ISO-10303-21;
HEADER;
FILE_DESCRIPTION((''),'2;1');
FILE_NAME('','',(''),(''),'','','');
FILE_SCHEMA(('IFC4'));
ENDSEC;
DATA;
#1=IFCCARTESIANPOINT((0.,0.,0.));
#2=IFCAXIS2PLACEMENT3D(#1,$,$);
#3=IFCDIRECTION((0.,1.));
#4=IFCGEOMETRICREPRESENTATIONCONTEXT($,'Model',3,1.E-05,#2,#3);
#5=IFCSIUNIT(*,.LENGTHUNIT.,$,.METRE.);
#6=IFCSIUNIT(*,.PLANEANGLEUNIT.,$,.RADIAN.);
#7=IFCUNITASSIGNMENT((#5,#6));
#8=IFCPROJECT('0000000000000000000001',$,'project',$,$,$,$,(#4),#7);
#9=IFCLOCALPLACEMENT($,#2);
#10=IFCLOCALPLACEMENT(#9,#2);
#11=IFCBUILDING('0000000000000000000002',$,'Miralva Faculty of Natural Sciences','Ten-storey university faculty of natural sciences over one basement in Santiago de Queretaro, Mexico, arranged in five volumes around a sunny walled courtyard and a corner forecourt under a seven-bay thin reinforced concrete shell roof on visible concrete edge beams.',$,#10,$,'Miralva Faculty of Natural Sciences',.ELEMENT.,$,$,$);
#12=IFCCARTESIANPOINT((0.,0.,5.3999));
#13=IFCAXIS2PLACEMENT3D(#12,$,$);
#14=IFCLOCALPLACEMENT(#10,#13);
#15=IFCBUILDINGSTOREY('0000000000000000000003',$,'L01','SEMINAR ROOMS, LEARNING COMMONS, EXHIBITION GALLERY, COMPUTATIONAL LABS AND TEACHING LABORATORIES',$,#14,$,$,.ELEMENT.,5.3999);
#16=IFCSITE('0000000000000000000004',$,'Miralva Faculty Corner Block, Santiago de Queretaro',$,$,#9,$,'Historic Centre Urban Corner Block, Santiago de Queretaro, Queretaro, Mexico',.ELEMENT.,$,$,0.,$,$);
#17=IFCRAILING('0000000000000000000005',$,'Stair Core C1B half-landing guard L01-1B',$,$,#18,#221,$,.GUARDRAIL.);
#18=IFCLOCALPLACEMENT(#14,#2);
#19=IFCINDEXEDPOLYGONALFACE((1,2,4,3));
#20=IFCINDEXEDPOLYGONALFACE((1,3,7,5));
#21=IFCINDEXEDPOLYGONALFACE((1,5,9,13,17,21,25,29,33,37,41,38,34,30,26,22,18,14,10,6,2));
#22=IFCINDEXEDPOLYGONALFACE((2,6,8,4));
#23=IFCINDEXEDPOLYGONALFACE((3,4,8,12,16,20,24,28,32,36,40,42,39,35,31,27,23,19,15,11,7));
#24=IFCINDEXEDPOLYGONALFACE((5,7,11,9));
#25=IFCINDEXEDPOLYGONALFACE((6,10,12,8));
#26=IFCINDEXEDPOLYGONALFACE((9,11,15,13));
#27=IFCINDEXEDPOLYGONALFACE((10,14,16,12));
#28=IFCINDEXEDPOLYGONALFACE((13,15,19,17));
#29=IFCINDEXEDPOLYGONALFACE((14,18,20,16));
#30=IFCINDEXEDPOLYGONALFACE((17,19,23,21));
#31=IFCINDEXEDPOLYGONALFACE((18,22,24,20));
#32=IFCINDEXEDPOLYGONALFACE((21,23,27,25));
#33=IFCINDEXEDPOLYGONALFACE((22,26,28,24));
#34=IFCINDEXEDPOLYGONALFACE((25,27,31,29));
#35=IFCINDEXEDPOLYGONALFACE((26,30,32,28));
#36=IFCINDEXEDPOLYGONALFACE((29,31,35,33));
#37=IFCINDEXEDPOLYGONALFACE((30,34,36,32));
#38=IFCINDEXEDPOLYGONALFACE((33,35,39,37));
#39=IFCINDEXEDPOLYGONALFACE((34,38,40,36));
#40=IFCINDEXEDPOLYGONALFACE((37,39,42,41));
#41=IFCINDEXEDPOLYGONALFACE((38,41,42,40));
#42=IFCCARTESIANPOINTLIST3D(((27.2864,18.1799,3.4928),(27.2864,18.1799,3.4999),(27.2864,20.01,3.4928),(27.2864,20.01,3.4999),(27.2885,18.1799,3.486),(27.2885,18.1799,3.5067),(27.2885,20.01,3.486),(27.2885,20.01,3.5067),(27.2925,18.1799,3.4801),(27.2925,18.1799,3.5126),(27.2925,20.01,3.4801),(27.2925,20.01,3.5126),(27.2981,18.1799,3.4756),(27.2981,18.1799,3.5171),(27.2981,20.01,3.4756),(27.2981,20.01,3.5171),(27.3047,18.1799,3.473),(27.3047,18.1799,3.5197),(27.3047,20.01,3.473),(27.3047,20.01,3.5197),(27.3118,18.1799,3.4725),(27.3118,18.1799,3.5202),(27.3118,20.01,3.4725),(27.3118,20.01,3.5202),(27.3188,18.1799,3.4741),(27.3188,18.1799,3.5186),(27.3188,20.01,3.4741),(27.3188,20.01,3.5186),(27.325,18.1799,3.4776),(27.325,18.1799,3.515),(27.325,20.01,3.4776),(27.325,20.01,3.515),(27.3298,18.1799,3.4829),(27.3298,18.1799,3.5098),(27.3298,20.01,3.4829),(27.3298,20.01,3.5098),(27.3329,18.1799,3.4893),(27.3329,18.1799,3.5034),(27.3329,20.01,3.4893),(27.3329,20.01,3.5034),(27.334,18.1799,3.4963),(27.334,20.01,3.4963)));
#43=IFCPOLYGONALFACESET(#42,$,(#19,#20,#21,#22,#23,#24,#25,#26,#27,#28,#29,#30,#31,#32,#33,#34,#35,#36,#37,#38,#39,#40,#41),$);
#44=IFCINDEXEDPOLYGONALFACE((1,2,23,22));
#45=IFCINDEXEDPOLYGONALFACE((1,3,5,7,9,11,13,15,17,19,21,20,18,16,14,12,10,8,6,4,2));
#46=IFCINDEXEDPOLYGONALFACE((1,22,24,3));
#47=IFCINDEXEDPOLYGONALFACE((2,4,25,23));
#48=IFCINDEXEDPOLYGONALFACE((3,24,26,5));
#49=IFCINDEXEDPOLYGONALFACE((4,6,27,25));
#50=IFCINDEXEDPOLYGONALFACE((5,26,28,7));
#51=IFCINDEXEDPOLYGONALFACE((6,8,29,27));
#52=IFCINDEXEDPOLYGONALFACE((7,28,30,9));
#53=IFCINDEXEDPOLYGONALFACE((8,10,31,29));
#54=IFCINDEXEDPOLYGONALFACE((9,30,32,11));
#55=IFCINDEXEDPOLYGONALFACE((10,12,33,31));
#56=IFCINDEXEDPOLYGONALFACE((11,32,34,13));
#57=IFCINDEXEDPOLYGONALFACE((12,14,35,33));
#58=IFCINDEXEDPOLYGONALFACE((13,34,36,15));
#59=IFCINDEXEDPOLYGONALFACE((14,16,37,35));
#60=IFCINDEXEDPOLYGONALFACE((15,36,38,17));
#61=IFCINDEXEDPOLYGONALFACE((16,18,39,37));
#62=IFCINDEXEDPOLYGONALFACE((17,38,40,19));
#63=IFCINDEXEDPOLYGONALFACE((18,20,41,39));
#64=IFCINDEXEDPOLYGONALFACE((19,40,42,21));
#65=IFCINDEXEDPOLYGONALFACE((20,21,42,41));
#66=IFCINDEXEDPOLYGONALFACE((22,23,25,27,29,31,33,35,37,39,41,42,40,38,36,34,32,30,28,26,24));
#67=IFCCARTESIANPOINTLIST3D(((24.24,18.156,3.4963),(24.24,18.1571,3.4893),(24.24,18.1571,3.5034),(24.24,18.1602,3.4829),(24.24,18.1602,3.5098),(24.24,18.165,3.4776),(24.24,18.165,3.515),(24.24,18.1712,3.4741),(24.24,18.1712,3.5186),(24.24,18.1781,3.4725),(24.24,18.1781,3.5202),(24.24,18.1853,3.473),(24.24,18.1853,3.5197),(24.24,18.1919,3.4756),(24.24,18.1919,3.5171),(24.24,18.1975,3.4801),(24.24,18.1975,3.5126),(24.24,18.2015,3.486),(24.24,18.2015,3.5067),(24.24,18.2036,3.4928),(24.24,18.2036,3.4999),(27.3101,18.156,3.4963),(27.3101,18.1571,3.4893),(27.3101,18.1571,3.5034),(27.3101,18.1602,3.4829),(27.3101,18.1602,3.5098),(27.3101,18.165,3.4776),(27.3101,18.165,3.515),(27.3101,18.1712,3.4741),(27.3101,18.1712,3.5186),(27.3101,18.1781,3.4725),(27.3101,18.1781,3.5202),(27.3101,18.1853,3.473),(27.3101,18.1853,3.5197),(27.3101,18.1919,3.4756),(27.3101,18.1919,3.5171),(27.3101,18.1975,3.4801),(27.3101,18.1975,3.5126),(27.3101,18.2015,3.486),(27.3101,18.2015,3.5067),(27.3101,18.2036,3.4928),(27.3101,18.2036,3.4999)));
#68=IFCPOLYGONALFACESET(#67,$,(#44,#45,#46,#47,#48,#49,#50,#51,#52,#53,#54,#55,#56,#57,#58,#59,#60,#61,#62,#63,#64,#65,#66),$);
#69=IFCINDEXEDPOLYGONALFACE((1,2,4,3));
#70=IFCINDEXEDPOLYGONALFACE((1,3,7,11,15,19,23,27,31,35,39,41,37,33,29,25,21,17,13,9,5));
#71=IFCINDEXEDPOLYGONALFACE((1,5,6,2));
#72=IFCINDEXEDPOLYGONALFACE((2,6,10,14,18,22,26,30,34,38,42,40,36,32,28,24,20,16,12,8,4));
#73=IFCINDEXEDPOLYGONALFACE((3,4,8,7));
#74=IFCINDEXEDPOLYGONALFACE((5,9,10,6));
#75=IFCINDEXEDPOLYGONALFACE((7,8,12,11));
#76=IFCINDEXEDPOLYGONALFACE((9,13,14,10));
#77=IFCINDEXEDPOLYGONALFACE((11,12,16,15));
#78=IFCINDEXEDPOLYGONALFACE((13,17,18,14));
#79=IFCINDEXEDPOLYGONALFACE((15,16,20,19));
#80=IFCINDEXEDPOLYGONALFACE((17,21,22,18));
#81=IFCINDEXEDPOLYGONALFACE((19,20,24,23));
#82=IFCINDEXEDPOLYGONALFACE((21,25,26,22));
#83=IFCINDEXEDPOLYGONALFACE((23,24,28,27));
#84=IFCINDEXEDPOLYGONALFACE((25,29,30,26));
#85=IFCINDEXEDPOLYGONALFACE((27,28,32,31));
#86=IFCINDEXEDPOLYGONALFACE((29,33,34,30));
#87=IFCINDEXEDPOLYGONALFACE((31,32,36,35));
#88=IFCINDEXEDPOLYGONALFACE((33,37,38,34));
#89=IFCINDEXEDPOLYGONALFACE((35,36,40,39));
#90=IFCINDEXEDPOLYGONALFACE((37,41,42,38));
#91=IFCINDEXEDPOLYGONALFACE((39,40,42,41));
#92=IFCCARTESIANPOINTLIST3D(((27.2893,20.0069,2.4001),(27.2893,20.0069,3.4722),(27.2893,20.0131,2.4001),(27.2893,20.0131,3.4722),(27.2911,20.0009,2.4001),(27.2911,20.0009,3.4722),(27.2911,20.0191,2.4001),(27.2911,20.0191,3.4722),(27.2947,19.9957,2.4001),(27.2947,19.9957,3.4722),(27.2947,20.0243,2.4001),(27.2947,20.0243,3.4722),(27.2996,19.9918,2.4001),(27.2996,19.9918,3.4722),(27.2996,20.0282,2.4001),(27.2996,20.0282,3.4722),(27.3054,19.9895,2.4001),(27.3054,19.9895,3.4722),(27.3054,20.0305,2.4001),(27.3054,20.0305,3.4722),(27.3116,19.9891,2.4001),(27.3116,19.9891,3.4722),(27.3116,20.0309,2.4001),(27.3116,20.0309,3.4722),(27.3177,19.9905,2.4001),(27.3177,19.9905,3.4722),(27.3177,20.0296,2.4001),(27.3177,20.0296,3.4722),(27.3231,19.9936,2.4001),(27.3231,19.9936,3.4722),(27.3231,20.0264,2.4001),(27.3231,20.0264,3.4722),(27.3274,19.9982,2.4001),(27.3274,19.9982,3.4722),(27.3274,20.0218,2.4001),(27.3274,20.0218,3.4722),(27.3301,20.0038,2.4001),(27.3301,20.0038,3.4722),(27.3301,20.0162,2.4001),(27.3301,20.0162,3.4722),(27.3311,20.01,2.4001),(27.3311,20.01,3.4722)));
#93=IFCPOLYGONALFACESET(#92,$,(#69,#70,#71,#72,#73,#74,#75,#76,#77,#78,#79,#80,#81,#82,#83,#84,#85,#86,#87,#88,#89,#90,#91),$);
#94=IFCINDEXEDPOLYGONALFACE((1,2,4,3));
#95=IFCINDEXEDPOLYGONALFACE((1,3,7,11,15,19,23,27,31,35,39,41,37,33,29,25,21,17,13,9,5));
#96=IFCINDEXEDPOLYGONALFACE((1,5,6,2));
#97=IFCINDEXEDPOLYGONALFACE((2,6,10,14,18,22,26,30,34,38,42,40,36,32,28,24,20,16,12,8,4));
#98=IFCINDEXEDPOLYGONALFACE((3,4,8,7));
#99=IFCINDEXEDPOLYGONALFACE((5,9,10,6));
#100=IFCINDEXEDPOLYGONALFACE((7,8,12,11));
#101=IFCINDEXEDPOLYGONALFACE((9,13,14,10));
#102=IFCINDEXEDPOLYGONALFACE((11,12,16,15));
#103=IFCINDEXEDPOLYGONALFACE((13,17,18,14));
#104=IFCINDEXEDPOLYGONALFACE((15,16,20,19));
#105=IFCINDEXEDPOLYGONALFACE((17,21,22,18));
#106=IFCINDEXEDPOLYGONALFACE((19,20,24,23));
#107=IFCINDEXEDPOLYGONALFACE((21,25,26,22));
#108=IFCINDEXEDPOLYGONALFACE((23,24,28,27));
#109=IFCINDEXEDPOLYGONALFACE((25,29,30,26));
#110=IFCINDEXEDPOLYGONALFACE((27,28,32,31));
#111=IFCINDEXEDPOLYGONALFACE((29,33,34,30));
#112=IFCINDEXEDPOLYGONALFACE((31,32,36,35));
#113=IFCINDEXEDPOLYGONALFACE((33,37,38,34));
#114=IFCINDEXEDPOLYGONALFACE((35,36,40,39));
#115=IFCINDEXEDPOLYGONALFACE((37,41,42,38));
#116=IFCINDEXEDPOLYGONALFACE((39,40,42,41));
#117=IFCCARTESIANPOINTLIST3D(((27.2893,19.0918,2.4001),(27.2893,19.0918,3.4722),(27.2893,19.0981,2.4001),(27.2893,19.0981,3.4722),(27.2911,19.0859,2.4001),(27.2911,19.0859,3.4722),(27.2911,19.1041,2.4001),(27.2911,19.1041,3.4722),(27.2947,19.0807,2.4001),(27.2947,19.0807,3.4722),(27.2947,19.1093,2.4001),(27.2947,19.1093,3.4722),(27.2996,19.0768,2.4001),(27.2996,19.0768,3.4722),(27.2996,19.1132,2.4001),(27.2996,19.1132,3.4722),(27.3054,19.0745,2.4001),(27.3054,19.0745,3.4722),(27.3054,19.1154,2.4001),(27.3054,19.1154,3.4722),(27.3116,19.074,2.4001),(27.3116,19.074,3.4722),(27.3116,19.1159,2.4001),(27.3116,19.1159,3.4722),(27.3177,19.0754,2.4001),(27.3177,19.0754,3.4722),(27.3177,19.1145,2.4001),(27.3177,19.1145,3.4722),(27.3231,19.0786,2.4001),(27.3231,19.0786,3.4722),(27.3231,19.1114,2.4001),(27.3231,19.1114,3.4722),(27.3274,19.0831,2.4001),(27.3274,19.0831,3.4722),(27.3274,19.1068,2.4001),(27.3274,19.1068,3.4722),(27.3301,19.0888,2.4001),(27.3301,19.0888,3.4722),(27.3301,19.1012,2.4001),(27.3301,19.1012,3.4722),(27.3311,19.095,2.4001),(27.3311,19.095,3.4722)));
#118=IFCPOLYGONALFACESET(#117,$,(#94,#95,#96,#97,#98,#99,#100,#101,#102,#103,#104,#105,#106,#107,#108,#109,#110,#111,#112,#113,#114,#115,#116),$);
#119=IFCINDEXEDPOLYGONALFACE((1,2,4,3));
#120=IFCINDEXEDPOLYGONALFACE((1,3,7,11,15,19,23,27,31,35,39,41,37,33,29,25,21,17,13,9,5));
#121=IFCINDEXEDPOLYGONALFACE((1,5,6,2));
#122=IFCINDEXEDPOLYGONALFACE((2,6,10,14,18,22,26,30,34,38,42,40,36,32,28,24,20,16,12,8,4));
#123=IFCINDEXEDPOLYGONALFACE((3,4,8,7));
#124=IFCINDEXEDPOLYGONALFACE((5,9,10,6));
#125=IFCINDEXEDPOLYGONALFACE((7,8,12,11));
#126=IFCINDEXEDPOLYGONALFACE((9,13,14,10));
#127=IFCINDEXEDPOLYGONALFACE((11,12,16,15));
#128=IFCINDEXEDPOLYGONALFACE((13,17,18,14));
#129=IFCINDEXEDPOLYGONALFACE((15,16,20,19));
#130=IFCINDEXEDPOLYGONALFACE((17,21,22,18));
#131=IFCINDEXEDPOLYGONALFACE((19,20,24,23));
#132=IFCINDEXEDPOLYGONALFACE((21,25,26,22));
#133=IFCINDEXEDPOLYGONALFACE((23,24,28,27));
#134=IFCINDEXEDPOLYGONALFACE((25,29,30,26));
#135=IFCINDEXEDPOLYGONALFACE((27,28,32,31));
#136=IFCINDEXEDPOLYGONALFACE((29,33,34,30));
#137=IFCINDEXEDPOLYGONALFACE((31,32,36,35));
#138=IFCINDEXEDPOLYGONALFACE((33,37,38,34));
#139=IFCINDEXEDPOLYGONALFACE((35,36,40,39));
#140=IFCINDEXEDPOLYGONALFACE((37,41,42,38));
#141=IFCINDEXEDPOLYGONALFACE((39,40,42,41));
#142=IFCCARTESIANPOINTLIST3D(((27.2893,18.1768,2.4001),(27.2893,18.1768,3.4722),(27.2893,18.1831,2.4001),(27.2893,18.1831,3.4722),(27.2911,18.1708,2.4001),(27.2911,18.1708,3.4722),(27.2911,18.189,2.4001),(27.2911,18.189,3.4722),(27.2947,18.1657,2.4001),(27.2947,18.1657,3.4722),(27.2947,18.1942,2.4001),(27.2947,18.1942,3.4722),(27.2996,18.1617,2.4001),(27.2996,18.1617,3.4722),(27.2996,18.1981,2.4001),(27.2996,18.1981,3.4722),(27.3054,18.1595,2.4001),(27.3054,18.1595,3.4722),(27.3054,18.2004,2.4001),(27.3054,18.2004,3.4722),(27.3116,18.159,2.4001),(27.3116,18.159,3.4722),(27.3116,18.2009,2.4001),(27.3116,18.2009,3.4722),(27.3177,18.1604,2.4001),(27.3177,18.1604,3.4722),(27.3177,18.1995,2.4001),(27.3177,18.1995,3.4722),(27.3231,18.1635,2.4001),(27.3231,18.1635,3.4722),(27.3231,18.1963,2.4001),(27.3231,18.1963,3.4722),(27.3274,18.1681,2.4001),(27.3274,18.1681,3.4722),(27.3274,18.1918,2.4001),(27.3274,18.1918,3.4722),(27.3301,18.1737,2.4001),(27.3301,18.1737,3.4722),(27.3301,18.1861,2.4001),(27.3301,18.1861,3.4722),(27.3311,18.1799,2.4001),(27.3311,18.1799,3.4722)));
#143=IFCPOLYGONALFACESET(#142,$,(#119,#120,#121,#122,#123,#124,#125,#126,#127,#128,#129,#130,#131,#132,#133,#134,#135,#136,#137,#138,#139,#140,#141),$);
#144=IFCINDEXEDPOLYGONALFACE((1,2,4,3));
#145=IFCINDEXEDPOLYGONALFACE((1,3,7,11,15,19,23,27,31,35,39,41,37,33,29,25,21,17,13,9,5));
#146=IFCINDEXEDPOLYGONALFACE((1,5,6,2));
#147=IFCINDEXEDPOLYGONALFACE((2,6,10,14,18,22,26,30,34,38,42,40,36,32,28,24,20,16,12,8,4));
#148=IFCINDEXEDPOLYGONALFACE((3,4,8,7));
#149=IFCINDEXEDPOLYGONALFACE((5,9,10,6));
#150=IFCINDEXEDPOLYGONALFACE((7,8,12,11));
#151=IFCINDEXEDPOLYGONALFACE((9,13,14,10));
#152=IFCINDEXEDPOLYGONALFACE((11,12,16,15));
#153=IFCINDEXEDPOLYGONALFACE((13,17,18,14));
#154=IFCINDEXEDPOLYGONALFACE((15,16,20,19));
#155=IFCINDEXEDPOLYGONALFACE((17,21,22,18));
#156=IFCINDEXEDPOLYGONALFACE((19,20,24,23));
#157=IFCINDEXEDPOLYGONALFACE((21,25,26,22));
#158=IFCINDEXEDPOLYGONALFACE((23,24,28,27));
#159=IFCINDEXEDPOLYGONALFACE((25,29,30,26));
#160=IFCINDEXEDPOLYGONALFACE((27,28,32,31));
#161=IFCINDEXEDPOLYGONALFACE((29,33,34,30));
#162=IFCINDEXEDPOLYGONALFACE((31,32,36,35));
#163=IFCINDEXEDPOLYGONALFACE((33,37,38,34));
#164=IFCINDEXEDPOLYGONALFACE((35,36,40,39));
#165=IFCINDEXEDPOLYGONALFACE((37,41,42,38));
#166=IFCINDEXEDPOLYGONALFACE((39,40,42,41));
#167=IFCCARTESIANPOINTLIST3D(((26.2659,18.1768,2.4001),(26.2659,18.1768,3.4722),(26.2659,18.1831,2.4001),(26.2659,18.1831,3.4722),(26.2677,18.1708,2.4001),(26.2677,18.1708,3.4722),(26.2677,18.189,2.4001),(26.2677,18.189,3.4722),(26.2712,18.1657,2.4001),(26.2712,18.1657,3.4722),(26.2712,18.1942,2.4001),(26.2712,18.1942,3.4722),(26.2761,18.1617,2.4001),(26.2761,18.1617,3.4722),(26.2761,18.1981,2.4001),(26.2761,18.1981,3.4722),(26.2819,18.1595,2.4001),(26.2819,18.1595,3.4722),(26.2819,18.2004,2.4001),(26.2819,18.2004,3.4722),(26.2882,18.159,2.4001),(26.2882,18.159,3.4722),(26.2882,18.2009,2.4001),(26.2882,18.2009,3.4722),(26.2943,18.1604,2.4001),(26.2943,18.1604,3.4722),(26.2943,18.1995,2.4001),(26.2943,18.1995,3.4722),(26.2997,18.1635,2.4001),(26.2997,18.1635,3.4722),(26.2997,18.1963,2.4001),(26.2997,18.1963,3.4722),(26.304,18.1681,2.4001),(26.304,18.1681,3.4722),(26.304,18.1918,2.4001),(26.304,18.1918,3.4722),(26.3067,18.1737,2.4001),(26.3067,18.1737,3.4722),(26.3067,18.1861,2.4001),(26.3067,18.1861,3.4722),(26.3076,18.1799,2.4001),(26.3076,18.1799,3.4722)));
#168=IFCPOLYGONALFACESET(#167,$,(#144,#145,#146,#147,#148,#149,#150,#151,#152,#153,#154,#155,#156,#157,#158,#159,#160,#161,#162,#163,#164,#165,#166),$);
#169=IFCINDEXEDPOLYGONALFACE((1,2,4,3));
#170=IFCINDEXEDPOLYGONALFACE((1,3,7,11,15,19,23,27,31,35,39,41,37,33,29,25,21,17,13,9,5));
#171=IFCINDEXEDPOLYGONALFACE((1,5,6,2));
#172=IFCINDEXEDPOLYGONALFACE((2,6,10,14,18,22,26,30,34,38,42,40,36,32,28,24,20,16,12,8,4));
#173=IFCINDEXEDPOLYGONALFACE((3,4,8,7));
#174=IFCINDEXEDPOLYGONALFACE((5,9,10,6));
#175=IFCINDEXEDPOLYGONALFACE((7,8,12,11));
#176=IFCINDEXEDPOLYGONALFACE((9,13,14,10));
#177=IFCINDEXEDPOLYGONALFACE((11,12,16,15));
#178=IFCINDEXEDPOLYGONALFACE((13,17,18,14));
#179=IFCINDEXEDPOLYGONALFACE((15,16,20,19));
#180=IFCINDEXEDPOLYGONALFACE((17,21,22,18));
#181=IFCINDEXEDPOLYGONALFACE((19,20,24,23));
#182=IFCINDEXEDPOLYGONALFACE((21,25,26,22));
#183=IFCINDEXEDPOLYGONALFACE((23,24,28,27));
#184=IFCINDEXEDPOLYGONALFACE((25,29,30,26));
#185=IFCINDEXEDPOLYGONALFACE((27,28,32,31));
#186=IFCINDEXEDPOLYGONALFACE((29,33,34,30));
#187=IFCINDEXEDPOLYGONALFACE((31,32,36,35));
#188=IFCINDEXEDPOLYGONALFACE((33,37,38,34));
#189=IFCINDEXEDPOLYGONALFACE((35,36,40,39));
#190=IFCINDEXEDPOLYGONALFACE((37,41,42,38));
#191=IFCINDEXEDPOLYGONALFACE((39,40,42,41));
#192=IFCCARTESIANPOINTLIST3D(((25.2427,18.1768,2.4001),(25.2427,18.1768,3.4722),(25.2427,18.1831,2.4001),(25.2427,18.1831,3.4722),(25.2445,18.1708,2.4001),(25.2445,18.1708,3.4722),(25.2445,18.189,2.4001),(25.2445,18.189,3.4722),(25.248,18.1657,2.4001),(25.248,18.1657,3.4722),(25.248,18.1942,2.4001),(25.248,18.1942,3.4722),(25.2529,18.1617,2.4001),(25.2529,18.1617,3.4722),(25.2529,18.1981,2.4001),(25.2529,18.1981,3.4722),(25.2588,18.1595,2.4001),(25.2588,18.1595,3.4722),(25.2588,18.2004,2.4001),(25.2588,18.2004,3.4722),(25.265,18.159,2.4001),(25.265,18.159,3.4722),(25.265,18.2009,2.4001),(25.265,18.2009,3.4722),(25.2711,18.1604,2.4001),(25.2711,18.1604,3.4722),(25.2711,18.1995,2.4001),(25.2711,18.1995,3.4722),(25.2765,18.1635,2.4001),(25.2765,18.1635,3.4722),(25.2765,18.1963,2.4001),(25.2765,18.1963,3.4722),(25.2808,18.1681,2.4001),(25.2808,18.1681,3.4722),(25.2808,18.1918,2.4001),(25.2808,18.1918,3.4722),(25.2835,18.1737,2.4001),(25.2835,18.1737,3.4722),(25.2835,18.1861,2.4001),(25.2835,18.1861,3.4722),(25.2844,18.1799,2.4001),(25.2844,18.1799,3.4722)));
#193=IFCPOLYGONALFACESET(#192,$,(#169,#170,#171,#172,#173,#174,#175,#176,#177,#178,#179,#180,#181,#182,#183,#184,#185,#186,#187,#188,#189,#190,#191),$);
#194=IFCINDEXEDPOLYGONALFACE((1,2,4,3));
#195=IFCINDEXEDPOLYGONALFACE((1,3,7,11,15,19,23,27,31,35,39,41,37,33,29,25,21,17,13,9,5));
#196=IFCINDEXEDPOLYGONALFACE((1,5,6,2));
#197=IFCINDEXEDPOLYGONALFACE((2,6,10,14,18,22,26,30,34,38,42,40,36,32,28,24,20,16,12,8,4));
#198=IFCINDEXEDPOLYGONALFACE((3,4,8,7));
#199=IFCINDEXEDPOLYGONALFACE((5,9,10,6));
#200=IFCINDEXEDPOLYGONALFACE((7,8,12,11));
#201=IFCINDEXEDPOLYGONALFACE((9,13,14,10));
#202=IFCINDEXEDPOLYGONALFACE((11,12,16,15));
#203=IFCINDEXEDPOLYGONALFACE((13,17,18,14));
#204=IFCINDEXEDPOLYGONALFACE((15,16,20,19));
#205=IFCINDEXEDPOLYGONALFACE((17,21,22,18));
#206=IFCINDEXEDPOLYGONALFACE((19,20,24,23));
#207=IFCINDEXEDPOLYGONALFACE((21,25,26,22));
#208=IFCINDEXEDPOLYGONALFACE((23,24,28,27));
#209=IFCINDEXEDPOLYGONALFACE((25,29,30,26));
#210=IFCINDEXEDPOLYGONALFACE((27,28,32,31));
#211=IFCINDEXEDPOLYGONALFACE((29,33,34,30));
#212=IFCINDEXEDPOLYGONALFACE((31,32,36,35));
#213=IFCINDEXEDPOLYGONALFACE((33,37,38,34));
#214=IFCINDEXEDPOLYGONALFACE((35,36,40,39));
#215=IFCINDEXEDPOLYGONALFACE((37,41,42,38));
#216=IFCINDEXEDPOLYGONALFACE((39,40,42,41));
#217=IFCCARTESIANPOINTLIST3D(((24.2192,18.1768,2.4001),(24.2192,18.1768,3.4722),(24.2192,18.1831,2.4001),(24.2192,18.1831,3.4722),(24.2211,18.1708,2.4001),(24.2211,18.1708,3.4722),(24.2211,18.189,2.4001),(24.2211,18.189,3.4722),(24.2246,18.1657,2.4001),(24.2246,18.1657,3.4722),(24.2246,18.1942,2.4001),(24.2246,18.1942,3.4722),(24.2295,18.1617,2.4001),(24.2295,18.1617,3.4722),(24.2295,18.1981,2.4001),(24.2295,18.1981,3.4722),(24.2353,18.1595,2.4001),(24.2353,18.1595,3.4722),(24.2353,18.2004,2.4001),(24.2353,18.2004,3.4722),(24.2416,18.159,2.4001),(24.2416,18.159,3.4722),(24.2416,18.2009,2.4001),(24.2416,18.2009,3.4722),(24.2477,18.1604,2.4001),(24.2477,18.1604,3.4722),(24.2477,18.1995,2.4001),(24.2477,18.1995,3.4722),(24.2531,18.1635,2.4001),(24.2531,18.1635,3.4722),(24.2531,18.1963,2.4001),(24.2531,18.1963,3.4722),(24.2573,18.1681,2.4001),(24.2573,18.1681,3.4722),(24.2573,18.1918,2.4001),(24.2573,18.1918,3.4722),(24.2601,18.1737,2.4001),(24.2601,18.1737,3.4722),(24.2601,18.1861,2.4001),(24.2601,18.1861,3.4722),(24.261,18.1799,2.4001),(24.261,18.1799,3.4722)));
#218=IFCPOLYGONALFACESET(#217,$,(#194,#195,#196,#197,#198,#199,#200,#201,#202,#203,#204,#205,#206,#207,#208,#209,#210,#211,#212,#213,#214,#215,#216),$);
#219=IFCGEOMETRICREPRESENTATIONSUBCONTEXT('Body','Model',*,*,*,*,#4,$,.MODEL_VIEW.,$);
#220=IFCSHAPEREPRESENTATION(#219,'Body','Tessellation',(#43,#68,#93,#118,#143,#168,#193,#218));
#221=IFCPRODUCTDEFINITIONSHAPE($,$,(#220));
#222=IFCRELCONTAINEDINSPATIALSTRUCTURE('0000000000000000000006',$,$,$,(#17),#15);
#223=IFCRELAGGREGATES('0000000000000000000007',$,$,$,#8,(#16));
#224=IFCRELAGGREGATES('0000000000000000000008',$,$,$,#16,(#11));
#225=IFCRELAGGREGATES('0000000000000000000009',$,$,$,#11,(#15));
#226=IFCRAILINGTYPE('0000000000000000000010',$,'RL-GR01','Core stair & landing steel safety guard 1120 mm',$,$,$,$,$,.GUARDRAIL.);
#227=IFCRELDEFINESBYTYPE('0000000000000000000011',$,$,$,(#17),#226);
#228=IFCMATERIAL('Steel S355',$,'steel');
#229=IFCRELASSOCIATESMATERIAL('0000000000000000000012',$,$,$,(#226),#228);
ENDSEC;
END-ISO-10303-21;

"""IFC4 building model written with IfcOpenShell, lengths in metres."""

from ifc_helpers import new_model, si_unit, direction, frame, origin, origin_2d, place, context, subcontext, project, spatial, circle, extrude, material, type_object, element, save


model = new_model("IFC4")

# Units and contexts
model_context = context("Model", 3, precision=1e-05, world=origin(), true_north=direction((0.0, 1.0)))
body_context = subcontext(model_context, "Body", "Model", "MODEL_VIEW")
ifc_project = project(units=[si_unit("LENGTHUNIT", "METRE"), si_unit("PLANEANGLEUNIT", "RADIAN")], contexts=[model_context])

# Site, building, storey
site_placement = place(None, origin())
site = spatial("IfcSite", under=ifc_project, at=site_placement, Name="Miralva Faculty Corner Block, Santiago de Queretaro", LongName="Historic Centre Urban Corner Block, Santiago de Queretaro, Queretaro, Mexico", CompositionType="ELEMENT", RefElevation=0.0)
building_placement = place(site_placement, origin())
building = spatial("IfcBuilding", under=site, at=building_placement, Name="Miralva Faculty of Natural Sciences", Description="Ten-storey university faculty of natural sciences over one basement in Santiago de Queretaro, Mexico, arranged in five volumes around a sunny walled courtyard and a corner forecourt under a seven-bay thin reinforced concrete shell roof on visible concrete edge beams.", LongName="Miralva Faculty of Natural Sciences", CompositionType="ELEMENT")
storey_placement = place(building_placement, frame((0.0, 0.0, 5.3999)))
storey = spatial("IfcBuildingStorey", under=building, at=storey_placement, Name="L01", Description="SEMINAR ROOMS, LEARNING COMMONS, EXHIBITION GALLERY, COMPUTATIONAL LABS AND TEACHING LABORATORIES", CompositionType="ELEMENT", Elevation=5.3999)

# Railing
ifc_material_1 = material(Name="Steel S355", Category="steel")
railing_type = type_object("IfcRailingType", Name="RL-GR01", Description="Core stair & landing steel safety guard 1120 mm", PredefinedType="GUARDRAIL", material=ifc_material_1)
railing_1_placement = place(storey_placement, frame((27.3101, 20.01, 2.4001)))
element("IfcRailing", 1, at=railing_1_placement, inside=storey, type_object=railing_type, Name="Stair Core C1B half-landing guard L01-1B", PredefinedType="GUARDRAIL", context=body_context, shape_type="SweptSolid", body=[
    extrude(circle(Radius=0.0239, at=origin_2d()), frame((0.0, 0.0, 1.0962), z_axis=(0.0, -1.0, 0.0), x_axis=(1.0, 0.0, 0.0)), (0.0, 0.0, 1.0), 1.8301),
    extrude(circle(Radius=0.0239, at=origin_2d()), frame((0.0, -1.8301, 1.0962), z_axis=(-1.0, 0.0, 0.0), x_axis=(0.0, -1.0, 0.0)), (0.0, 0.0, 1.0), 3.0701),
    extrude(circle(Radius=0.021, at=origin_2d()), origin(), (0.0, 0.0, 1.0), 1.072),
    extrude(circle(Radius=0.021, at=origin_2d()), frame((0.0, -0.915, 0.0)), (0.0, 0.0, 1.0), 1.072),
    extrude(circle(Radius=0.021, at=origin_2d()), frame((0.0, -1.8301, 0.0)), (0.0, 0.0, 1.0), 1.072),
    extrude(circle(Radius=0.021, at=origin_2d()), frame((-1.0234, -1.8301, 0.0)), (0.0, 0.0, 1.0), 1.072),
    extrude(circle(Radius=0.021, at=origin_2d()), frame((-2.0466, -1.8301, 0.0)), (0.0, 0.0, 1.0), 1.072),
    extrude(circle(Radius=0.021, at=origin_2d()), frame((-3.0701, -1.8301, 0.0)), (0.0, 0.0, 1.0), 1.072),
])

save(model, "model.ifc")
